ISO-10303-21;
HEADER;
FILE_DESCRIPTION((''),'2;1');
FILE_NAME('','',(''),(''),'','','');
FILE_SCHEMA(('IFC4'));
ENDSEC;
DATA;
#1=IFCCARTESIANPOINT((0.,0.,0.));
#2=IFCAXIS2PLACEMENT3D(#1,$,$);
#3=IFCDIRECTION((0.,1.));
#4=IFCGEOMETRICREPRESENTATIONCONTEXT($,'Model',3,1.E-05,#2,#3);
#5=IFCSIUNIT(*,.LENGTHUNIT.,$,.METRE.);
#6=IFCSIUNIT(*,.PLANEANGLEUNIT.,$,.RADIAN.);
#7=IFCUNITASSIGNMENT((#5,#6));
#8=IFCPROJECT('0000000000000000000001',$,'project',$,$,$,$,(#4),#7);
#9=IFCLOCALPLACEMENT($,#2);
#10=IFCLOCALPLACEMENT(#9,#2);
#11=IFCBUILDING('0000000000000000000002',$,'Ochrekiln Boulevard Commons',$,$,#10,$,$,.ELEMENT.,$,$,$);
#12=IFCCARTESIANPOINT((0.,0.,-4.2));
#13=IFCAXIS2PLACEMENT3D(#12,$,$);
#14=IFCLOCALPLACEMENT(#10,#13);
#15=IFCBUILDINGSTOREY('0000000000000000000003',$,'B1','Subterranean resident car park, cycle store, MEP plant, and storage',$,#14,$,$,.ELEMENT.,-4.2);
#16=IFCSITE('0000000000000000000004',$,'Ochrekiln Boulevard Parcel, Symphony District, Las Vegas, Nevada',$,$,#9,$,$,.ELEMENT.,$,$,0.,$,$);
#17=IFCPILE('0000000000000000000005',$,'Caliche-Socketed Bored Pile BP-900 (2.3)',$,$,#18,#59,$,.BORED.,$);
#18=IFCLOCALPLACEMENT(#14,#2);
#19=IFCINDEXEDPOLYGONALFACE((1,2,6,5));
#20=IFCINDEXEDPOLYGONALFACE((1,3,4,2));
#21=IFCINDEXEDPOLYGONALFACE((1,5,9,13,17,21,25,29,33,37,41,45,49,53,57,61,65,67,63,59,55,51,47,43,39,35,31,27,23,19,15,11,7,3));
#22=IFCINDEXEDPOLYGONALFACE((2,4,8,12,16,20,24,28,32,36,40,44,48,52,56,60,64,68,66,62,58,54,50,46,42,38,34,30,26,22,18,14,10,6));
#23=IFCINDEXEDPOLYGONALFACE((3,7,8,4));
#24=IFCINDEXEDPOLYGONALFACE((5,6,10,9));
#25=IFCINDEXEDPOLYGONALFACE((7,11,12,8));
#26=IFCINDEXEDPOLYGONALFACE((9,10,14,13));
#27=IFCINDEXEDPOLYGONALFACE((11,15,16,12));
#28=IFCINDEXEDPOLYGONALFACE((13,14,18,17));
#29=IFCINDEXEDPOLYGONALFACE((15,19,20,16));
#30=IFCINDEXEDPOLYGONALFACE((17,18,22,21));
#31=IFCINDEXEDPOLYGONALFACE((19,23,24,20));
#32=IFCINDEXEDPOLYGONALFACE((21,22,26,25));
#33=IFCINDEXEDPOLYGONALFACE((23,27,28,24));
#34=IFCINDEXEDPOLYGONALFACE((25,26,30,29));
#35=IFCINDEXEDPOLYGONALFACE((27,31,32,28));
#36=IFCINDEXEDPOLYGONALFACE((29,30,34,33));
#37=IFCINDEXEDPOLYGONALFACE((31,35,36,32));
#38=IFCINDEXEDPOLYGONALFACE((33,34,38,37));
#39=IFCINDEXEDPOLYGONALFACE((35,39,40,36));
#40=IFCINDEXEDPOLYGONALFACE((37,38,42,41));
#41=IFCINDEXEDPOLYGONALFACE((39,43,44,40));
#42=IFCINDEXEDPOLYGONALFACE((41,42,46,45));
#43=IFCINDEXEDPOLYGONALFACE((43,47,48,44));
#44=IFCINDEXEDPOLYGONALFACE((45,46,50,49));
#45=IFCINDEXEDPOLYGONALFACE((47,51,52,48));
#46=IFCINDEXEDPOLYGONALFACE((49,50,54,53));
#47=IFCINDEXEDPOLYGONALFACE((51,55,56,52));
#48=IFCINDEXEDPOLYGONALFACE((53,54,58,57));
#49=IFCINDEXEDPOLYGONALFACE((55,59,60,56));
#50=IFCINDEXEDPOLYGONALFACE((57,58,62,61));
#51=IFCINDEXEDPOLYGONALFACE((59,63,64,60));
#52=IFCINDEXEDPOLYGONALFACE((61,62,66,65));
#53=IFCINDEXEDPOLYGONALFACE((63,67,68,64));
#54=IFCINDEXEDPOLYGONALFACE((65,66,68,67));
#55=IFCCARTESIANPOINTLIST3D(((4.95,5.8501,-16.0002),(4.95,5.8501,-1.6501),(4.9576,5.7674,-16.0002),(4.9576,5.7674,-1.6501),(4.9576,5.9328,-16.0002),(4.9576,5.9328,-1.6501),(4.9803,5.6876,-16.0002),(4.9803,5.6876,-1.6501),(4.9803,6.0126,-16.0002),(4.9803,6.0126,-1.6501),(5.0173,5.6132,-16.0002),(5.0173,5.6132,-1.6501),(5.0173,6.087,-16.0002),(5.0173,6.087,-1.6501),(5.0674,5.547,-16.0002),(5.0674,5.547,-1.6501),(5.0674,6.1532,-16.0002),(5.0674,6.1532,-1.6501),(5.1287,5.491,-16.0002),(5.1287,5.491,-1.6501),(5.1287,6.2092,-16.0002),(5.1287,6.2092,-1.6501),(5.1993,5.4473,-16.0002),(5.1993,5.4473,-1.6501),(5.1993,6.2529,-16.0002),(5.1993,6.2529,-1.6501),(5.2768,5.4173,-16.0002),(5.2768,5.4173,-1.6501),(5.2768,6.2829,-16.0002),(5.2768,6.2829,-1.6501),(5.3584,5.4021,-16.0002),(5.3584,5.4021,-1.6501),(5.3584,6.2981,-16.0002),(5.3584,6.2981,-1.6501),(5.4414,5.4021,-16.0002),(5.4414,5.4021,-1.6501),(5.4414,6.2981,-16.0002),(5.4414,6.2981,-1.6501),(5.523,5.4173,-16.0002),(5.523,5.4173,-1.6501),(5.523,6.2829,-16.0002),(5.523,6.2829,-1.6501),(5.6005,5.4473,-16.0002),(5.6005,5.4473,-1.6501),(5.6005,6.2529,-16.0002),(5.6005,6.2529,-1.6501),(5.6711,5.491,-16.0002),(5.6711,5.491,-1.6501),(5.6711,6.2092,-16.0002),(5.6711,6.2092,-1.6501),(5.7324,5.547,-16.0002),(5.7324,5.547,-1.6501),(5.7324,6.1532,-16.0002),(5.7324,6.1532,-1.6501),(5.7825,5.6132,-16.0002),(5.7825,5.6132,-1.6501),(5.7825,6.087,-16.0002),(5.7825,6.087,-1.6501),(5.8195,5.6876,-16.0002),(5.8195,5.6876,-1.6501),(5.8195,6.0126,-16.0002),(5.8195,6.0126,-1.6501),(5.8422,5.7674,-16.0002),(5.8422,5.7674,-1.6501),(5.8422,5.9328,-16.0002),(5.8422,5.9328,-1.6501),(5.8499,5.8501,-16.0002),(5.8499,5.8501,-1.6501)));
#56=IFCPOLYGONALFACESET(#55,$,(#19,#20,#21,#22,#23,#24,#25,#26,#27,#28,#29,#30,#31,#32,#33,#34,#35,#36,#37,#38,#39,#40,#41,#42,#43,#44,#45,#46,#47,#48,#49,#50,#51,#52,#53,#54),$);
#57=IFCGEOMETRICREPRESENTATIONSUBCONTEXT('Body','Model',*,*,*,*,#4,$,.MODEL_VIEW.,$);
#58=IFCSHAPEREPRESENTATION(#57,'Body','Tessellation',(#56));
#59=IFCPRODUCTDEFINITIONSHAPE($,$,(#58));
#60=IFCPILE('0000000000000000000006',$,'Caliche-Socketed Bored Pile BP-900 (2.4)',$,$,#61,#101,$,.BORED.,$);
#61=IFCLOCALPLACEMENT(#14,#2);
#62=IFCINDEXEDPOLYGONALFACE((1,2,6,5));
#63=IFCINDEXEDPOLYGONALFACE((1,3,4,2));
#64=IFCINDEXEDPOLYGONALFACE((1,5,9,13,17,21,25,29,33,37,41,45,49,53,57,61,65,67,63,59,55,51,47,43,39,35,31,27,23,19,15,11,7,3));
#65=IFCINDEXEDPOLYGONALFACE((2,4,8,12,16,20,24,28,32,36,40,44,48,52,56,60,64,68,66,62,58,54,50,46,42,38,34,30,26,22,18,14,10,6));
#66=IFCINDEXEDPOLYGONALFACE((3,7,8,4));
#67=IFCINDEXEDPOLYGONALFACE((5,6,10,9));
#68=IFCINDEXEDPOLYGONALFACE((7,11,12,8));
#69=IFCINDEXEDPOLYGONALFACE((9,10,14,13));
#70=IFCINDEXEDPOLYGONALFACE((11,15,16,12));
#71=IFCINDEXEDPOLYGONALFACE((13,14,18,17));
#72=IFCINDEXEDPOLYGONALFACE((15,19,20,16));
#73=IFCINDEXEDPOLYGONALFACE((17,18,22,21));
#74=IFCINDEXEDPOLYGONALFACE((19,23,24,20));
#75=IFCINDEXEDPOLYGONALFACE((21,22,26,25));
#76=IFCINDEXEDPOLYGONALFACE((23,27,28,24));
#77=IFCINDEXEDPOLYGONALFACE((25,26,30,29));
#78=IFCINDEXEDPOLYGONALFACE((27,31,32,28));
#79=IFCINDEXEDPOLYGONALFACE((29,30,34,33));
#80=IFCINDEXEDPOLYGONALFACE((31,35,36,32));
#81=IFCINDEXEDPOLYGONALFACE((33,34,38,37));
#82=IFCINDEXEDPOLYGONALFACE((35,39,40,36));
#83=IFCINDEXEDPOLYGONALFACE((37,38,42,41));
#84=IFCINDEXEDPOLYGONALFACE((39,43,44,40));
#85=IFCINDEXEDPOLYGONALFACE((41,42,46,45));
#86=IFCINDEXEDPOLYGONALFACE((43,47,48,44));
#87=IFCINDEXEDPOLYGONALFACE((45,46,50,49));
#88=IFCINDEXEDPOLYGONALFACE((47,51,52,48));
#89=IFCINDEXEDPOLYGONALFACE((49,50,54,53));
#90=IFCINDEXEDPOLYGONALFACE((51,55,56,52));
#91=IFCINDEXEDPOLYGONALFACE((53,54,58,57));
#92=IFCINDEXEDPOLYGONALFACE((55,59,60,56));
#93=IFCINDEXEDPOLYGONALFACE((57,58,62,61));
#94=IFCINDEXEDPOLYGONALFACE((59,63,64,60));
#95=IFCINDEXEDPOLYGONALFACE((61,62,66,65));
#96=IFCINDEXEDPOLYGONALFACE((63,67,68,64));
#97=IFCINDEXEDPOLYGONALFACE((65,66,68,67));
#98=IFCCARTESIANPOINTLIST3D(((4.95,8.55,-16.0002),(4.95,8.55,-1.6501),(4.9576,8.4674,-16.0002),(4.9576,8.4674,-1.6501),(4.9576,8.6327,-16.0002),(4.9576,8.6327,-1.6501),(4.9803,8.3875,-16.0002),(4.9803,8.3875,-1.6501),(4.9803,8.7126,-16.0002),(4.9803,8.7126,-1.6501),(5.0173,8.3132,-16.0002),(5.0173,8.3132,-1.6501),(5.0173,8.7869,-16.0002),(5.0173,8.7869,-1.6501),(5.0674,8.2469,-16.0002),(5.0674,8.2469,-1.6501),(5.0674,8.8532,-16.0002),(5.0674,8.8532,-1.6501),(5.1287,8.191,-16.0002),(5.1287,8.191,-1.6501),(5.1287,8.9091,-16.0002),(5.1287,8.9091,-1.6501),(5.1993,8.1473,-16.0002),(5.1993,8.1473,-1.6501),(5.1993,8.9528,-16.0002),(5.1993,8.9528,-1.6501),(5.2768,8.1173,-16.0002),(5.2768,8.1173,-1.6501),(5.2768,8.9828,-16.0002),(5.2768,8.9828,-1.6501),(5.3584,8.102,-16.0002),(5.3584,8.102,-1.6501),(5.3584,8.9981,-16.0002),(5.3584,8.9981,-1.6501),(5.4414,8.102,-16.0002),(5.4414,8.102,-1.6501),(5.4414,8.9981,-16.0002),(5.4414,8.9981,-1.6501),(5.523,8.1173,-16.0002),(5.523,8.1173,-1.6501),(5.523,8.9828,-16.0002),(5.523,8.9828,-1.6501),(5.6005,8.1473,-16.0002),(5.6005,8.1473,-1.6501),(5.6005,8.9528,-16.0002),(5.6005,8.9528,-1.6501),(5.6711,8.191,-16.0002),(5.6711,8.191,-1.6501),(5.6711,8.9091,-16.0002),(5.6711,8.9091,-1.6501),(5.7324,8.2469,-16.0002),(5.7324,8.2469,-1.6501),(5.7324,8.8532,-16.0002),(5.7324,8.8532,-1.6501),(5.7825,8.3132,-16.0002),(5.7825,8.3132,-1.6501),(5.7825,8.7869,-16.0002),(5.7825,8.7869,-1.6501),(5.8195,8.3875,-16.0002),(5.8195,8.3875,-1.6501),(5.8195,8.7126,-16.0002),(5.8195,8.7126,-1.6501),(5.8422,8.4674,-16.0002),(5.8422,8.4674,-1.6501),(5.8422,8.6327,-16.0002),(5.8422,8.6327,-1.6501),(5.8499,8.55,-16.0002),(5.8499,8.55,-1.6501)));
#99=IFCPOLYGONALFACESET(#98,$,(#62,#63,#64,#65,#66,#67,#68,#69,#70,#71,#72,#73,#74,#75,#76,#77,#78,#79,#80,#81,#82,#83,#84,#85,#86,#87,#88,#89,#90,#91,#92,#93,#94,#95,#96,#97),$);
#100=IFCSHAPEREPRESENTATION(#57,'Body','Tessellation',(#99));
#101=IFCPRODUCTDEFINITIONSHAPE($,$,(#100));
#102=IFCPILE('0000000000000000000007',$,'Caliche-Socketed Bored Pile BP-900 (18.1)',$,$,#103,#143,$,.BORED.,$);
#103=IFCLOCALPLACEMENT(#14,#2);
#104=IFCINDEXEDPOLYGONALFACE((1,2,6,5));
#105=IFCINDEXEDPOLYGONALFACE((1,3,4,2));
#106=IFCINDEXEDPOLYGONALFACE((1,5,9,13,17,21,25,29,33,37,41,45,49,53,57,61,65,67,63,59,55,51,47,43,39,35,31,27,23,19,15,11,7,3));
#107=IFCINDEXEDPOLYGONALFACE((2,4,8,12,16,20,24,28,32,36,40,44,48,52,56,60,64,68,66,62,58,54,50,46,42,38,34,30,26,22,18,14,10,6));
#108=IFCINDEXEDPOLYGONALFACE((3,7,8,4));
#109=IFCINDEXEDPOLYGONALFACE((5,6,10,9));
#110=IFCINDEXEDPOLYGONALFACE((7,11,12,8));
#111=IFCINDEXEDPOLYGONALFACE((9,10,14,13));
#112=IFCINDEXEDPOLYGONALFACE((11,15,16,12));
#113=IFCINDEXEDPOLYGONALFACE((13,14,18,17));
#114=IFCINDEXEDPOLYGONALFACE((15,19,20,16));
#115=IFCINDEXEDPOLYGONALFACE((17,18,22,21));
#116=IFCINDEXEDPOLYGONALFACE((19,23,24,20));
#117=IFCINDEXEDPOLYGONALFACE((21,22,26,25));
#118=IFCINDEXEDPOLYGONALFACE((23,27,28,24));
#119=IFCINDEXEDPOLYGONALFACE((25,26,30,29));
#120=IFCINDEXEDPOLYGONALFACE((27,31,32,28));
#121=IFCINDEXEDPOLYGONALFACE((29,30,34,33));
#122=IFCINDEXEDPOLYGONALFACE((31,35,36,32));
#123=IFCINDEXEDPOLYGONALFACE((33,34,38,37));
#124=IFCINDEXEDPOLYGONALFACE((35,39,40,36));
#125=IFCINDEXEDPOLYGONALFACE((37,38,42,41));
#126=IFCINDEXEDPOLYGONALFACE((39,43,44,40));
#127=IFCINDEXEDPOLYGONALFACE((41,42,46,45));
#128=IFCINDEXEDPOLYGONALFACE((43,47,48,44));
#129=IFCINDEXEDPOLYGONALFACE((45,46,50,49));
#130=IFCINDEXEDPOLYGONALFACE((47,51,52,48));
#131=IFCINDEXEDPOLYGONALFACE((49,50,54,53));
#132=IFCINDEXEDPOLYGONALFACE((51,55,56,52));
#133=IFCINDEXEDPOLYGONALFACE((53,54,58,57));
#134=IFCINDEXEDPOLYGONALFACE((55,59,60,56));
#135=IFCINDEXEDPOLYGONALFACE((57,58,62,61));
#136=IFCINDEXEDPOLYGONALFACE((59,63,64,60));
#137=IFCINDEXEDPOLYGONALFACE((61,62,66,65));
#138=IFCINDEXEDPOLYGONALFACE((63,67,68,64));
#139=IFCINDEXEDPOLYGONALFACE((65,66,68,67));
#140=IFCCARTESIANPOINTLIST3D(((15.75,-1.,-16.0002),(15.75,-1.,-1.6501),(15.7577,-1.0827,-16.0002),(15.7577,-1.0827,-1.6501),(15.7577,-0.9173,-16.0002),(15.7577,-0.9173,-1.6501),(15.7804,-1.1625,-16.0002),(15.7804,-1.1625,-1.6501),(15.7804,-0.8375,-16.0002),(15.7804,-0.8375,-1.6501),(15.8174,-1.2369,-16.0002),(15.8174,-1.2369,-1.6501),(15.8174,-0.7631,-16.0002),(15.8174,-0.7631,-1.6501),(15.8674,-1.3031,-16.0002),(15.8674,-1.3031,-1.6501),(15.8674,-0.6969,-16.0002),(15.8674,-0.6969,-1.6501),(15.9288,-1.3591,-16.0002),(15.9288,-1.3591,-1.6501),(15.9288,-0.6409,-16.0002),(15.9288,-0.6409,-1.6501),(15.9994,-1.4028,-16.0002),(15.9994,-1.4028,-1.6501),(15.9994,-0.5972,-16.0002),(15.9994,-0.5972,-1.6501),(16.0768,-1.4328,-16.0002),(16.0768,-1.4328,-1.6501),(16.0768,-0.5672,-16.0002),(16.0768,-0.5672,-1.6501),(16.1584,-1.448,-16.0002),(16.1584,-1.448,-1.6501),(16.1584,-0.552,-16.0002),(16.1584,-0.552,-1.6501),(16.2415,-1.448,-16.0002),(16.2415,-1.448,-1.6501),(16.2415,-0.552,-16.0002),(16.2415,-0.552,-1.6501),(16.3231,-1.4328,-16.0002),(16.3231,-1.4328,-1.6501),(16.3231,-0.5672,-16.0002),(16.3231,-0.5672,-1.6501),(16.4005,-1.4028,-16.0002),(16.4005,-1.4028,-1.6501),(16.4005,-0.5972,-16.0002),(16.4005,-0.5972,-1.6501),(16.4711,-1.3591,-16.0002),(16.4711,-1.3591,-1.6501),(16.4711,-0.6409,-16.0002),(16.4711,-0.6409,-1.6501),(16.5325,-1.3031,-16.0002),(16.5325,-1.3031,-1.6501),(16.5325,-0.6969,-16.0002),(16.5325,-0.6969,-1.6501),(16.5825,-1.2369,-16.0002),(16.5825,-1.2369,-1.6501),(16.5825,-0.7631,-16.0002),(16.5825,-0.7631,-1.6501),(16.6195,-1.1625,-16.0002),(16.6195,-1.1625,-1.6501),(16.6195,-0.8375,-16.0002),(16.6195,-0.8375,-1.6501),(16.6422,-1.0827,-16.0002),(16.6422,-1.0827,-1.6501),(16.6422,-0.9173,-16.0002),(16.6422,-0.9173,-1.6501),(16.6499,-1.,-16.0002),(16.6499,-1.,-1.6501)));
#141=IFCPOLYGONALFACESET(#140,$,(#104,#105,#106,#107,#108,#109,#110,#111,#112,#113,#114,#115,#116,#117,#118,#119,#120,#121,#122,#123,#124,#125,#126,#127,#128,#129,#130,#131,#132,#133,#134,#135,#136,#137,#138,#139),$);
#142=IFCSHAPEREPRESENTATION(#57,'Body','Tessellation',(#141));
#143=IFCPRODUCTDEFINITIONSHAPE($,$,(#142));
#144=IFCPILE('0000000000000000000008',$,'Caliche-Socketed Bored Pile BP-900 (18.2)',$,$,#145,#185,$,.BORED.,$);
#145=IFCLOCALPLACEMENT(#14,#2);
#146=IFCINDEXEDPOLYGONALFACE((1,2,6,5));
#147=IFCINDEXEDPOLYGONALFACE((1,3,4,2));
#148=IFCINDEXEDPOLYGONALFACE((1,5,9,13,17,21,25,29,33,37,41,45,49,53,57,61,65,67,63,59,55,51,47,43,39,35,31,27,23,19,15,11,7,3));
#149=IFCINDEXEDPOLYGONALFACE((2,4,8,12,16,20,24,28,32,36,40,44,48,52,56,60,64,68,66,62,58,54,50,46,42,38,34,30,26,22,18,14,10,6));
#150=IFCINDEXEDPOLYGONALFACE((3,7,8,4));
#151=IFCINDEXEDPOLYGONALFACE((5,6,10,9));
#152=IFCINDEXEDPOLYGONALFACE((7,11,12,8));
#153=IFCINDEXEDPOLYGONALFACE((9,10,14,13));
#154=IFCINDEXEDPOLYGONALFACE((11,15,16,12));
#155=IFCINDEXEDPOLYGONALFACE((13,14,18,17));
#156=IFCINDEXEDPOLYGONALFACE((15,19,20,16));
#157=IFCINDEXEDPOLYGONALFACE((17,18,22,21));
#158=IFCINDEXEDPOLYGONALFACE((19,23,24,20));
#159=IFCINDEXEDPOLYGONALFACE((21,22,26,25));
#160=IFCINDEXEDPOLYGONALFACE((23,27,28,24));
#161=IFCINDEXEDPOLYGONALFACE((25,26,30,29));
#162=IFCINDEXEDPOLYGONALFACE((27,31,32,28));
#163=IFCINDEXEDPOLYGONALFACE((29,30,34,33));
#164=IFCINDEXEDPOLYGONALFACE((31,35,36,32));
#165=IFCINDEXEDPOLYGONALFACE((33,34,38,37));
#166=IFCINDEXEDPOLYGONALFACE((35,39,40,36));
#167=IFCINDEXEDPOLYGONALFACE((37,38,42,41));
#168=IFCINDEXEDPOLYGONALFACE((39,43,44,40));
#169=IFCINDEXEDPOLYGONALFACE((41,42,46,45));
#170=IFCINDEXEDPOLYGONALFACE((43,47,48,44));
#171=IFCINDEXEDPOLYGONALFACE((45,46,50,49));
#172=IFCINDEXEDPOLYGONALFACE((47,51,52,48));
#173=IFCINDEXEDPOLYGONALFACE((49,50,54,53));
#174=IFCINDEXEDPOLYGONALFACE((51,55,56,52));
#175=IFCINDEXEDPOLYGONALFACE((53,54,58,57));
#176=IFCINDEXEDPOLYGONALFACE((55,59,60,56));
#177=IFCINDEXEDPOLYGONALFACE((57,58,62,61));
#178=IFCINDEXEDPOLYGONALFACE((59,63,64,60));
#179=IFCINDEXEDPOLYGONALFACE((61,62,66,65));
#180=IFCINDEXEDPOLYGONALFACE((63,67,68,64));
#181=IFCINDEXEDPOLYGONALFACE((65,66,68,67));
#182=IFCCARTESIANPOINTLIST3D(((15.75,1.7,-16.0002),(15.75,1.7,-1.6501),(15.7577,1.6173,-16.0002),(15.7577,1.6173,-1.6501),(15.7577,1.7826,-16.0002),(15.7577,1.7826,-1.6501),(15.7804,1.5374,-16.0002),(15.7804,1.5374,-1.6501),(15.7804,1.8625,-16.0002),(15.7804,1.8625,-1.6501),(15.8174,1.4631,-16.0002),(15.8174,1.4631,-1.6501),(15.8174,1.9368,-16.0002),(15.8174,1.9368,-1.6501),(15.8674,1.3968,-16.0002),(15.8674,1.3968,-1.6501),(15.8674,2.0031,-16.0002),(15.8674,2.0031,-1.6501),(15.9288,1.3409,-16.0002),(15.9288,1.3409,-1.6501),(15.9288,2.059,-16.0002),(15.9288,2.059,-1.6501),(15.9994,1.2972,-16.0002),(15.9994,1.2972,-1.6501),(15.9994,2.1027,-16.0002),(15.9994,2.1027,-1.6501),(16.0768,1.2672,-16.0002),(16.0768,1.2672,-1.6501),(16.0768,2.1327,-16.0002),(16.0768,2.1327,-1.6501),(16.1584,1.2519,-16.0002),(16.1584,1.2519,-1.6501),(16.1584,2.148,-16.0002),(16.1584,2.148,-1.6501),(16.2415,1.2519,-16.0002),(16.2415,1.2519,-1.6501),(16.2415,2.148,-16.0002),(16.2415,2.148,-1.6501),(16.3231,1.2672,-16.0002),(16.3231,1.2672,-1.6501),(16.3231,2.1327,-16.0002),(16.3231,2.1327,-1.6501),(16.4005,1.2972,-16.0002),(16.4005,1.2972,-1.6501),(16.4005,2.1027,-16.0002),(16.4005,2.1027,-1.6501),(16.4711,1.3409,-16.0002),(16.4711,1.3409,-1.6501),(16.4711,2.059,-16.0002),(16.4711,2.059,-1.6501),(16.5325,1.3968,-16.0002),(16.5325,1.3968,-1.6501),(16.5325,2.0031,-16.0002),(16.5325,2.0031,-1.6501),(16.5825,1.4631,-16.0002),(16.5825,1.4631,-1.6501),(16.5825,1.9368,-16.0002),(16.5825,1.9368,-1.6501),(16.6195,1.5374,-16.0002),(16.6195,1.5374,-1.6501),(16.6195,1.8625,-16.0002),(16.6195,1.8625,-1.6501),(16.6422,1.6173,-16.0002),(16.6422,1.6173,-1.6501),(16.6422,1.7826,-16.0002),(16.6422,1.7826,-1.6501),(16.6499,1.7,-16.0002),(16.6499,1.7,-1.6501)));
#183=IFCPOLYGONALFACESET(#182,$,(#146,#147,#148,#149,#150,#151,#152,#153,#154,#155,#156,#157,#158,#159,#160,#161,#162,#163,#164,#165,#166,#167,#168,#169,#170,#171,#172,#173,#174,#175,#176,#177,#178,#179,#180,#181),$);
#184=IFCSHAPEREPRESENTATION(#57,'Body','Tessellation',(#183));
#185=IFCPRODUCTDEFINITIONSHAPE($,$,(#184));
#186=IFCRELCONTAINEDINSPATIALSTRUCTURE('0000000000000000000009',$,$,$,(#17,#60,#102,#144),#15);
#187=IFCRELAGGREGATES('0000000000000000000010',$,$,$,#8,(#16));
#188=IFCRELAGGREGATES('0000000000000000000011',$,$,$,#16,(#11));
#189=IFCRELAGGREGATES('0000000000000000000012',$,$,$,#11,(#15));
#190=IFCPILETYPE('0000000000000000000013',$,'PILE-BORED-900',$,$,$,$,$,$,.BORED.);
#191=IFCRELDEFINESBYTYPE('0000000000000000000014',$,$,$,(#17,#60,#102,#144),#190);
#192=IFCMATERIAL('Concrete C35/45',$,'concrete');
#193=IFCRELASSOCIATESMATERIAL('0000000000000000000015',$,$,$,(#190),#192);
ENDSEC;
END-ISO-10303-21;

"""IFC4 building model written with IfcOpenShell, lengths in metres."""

from ifc_helpers import new_model, si_unit, direction, frame, origin, origin_2d, place, context, subcontext, project, spatial, circle, extrude, material, material_profile, profile_set, type_object, element, save


model = new_model("IFC4")

# Units and contexts
model_context = context("Model", 3, precision=1e-05, world=origin(), true_north=direction((0.0, 1.0)))
body_context = subcontext(model_context, "Body", "Model", "MODEL_VIEW")
ifc_project = project(units=[si_unit("LENGTHUNIT", "METRE"), si_unit("PLANEANGLEUNIT", "RADIAN")], contexts=[model_context])

# Site, building, storey
site_placement = place(None, origin())
site = spatial("IfcSite", under=ifc_project, at=site_placement, Name="Ochrekiln Boulevard Parcel, Symphony District, Las Vegas, Nevada", CompositionType="ELEMENT", RefElevation=0.0)
building_placement = place(site_placement, origin())
building = spatial("IfcBuilding", under=site, at=building_placement, Name="Ochrekiln Boulevard Commons", CompositionType="ELEMENT")
storey_placement = place(building_placement, frame((0.0, 0.0, -4.2)))
storey = spatial("IfcBuildingStorey", under=building, at=storey_placement, Name="B1", Description="Subterranean resident car park, cycle store, MEP plant, and storage", CompositionType="ELEMENT", Elevation=-4.2)

# Piles
ifc_material_1 = material(Name="Concrete C35/45", Category="concrete")
ifc_material_profile_1 = material_profile(ifc_material_1, circle(Radius=0.45, at=origin_2d()), Name="PILE-D900")
ifc_profile_set_1 = profile_set([ifc_material_profile_1], Name="Concrete C35/45")
pile_type = type_object("IfcPileType", Name="PILE-BORED-900", PredefinedType="BORED", material=ifc_profile_set_1)
for number, where, z_axis, x_axis, name in (
    (1, (5.3999, 5.8501, -1.6501), (0.0, 0.0, -1.0), (1.0, 0.0, 0.0), "Caliche-Socketed Bored Pile BP-900 (2.3)"),
    (2, (5.3999, 8.55, -1.6501), (0.0, 0.0, -1.0), (1.0, 0.0, 0.0), "Caliche-Socketed Bored Pile BP-900 (2.4)"),
    (3, (16.2, -1.0, -1.6501), (0.0, 0.0, -1.0), (1.0, 0.0, 0.0), "Caliche-Socketed Bored Pile BP-900 (18.1)"),
    (4, (16.2, 1.7, -1.6501), (0.0, 0.0, -1.0), (1.0, 0.0, 0.0), "Caliche-Socketed Bored Pile BP-900 (18.2)"),
):
    element("IfcPile", number, at=place(storey_placement, frame(where, z_axis=z_axis, x_axis=x_axis)), inside=storey, type_object=pile_type, Name=name, PredefinedType="BORED", context=body_context, shape_type="SweptSolid", body=[
        extrude(circle(Radius=0.45, at=origin_2d()), origin(), (0.0, 0.0, 1.0), 14.3501),
    ])

save(model, "model.ifc")
